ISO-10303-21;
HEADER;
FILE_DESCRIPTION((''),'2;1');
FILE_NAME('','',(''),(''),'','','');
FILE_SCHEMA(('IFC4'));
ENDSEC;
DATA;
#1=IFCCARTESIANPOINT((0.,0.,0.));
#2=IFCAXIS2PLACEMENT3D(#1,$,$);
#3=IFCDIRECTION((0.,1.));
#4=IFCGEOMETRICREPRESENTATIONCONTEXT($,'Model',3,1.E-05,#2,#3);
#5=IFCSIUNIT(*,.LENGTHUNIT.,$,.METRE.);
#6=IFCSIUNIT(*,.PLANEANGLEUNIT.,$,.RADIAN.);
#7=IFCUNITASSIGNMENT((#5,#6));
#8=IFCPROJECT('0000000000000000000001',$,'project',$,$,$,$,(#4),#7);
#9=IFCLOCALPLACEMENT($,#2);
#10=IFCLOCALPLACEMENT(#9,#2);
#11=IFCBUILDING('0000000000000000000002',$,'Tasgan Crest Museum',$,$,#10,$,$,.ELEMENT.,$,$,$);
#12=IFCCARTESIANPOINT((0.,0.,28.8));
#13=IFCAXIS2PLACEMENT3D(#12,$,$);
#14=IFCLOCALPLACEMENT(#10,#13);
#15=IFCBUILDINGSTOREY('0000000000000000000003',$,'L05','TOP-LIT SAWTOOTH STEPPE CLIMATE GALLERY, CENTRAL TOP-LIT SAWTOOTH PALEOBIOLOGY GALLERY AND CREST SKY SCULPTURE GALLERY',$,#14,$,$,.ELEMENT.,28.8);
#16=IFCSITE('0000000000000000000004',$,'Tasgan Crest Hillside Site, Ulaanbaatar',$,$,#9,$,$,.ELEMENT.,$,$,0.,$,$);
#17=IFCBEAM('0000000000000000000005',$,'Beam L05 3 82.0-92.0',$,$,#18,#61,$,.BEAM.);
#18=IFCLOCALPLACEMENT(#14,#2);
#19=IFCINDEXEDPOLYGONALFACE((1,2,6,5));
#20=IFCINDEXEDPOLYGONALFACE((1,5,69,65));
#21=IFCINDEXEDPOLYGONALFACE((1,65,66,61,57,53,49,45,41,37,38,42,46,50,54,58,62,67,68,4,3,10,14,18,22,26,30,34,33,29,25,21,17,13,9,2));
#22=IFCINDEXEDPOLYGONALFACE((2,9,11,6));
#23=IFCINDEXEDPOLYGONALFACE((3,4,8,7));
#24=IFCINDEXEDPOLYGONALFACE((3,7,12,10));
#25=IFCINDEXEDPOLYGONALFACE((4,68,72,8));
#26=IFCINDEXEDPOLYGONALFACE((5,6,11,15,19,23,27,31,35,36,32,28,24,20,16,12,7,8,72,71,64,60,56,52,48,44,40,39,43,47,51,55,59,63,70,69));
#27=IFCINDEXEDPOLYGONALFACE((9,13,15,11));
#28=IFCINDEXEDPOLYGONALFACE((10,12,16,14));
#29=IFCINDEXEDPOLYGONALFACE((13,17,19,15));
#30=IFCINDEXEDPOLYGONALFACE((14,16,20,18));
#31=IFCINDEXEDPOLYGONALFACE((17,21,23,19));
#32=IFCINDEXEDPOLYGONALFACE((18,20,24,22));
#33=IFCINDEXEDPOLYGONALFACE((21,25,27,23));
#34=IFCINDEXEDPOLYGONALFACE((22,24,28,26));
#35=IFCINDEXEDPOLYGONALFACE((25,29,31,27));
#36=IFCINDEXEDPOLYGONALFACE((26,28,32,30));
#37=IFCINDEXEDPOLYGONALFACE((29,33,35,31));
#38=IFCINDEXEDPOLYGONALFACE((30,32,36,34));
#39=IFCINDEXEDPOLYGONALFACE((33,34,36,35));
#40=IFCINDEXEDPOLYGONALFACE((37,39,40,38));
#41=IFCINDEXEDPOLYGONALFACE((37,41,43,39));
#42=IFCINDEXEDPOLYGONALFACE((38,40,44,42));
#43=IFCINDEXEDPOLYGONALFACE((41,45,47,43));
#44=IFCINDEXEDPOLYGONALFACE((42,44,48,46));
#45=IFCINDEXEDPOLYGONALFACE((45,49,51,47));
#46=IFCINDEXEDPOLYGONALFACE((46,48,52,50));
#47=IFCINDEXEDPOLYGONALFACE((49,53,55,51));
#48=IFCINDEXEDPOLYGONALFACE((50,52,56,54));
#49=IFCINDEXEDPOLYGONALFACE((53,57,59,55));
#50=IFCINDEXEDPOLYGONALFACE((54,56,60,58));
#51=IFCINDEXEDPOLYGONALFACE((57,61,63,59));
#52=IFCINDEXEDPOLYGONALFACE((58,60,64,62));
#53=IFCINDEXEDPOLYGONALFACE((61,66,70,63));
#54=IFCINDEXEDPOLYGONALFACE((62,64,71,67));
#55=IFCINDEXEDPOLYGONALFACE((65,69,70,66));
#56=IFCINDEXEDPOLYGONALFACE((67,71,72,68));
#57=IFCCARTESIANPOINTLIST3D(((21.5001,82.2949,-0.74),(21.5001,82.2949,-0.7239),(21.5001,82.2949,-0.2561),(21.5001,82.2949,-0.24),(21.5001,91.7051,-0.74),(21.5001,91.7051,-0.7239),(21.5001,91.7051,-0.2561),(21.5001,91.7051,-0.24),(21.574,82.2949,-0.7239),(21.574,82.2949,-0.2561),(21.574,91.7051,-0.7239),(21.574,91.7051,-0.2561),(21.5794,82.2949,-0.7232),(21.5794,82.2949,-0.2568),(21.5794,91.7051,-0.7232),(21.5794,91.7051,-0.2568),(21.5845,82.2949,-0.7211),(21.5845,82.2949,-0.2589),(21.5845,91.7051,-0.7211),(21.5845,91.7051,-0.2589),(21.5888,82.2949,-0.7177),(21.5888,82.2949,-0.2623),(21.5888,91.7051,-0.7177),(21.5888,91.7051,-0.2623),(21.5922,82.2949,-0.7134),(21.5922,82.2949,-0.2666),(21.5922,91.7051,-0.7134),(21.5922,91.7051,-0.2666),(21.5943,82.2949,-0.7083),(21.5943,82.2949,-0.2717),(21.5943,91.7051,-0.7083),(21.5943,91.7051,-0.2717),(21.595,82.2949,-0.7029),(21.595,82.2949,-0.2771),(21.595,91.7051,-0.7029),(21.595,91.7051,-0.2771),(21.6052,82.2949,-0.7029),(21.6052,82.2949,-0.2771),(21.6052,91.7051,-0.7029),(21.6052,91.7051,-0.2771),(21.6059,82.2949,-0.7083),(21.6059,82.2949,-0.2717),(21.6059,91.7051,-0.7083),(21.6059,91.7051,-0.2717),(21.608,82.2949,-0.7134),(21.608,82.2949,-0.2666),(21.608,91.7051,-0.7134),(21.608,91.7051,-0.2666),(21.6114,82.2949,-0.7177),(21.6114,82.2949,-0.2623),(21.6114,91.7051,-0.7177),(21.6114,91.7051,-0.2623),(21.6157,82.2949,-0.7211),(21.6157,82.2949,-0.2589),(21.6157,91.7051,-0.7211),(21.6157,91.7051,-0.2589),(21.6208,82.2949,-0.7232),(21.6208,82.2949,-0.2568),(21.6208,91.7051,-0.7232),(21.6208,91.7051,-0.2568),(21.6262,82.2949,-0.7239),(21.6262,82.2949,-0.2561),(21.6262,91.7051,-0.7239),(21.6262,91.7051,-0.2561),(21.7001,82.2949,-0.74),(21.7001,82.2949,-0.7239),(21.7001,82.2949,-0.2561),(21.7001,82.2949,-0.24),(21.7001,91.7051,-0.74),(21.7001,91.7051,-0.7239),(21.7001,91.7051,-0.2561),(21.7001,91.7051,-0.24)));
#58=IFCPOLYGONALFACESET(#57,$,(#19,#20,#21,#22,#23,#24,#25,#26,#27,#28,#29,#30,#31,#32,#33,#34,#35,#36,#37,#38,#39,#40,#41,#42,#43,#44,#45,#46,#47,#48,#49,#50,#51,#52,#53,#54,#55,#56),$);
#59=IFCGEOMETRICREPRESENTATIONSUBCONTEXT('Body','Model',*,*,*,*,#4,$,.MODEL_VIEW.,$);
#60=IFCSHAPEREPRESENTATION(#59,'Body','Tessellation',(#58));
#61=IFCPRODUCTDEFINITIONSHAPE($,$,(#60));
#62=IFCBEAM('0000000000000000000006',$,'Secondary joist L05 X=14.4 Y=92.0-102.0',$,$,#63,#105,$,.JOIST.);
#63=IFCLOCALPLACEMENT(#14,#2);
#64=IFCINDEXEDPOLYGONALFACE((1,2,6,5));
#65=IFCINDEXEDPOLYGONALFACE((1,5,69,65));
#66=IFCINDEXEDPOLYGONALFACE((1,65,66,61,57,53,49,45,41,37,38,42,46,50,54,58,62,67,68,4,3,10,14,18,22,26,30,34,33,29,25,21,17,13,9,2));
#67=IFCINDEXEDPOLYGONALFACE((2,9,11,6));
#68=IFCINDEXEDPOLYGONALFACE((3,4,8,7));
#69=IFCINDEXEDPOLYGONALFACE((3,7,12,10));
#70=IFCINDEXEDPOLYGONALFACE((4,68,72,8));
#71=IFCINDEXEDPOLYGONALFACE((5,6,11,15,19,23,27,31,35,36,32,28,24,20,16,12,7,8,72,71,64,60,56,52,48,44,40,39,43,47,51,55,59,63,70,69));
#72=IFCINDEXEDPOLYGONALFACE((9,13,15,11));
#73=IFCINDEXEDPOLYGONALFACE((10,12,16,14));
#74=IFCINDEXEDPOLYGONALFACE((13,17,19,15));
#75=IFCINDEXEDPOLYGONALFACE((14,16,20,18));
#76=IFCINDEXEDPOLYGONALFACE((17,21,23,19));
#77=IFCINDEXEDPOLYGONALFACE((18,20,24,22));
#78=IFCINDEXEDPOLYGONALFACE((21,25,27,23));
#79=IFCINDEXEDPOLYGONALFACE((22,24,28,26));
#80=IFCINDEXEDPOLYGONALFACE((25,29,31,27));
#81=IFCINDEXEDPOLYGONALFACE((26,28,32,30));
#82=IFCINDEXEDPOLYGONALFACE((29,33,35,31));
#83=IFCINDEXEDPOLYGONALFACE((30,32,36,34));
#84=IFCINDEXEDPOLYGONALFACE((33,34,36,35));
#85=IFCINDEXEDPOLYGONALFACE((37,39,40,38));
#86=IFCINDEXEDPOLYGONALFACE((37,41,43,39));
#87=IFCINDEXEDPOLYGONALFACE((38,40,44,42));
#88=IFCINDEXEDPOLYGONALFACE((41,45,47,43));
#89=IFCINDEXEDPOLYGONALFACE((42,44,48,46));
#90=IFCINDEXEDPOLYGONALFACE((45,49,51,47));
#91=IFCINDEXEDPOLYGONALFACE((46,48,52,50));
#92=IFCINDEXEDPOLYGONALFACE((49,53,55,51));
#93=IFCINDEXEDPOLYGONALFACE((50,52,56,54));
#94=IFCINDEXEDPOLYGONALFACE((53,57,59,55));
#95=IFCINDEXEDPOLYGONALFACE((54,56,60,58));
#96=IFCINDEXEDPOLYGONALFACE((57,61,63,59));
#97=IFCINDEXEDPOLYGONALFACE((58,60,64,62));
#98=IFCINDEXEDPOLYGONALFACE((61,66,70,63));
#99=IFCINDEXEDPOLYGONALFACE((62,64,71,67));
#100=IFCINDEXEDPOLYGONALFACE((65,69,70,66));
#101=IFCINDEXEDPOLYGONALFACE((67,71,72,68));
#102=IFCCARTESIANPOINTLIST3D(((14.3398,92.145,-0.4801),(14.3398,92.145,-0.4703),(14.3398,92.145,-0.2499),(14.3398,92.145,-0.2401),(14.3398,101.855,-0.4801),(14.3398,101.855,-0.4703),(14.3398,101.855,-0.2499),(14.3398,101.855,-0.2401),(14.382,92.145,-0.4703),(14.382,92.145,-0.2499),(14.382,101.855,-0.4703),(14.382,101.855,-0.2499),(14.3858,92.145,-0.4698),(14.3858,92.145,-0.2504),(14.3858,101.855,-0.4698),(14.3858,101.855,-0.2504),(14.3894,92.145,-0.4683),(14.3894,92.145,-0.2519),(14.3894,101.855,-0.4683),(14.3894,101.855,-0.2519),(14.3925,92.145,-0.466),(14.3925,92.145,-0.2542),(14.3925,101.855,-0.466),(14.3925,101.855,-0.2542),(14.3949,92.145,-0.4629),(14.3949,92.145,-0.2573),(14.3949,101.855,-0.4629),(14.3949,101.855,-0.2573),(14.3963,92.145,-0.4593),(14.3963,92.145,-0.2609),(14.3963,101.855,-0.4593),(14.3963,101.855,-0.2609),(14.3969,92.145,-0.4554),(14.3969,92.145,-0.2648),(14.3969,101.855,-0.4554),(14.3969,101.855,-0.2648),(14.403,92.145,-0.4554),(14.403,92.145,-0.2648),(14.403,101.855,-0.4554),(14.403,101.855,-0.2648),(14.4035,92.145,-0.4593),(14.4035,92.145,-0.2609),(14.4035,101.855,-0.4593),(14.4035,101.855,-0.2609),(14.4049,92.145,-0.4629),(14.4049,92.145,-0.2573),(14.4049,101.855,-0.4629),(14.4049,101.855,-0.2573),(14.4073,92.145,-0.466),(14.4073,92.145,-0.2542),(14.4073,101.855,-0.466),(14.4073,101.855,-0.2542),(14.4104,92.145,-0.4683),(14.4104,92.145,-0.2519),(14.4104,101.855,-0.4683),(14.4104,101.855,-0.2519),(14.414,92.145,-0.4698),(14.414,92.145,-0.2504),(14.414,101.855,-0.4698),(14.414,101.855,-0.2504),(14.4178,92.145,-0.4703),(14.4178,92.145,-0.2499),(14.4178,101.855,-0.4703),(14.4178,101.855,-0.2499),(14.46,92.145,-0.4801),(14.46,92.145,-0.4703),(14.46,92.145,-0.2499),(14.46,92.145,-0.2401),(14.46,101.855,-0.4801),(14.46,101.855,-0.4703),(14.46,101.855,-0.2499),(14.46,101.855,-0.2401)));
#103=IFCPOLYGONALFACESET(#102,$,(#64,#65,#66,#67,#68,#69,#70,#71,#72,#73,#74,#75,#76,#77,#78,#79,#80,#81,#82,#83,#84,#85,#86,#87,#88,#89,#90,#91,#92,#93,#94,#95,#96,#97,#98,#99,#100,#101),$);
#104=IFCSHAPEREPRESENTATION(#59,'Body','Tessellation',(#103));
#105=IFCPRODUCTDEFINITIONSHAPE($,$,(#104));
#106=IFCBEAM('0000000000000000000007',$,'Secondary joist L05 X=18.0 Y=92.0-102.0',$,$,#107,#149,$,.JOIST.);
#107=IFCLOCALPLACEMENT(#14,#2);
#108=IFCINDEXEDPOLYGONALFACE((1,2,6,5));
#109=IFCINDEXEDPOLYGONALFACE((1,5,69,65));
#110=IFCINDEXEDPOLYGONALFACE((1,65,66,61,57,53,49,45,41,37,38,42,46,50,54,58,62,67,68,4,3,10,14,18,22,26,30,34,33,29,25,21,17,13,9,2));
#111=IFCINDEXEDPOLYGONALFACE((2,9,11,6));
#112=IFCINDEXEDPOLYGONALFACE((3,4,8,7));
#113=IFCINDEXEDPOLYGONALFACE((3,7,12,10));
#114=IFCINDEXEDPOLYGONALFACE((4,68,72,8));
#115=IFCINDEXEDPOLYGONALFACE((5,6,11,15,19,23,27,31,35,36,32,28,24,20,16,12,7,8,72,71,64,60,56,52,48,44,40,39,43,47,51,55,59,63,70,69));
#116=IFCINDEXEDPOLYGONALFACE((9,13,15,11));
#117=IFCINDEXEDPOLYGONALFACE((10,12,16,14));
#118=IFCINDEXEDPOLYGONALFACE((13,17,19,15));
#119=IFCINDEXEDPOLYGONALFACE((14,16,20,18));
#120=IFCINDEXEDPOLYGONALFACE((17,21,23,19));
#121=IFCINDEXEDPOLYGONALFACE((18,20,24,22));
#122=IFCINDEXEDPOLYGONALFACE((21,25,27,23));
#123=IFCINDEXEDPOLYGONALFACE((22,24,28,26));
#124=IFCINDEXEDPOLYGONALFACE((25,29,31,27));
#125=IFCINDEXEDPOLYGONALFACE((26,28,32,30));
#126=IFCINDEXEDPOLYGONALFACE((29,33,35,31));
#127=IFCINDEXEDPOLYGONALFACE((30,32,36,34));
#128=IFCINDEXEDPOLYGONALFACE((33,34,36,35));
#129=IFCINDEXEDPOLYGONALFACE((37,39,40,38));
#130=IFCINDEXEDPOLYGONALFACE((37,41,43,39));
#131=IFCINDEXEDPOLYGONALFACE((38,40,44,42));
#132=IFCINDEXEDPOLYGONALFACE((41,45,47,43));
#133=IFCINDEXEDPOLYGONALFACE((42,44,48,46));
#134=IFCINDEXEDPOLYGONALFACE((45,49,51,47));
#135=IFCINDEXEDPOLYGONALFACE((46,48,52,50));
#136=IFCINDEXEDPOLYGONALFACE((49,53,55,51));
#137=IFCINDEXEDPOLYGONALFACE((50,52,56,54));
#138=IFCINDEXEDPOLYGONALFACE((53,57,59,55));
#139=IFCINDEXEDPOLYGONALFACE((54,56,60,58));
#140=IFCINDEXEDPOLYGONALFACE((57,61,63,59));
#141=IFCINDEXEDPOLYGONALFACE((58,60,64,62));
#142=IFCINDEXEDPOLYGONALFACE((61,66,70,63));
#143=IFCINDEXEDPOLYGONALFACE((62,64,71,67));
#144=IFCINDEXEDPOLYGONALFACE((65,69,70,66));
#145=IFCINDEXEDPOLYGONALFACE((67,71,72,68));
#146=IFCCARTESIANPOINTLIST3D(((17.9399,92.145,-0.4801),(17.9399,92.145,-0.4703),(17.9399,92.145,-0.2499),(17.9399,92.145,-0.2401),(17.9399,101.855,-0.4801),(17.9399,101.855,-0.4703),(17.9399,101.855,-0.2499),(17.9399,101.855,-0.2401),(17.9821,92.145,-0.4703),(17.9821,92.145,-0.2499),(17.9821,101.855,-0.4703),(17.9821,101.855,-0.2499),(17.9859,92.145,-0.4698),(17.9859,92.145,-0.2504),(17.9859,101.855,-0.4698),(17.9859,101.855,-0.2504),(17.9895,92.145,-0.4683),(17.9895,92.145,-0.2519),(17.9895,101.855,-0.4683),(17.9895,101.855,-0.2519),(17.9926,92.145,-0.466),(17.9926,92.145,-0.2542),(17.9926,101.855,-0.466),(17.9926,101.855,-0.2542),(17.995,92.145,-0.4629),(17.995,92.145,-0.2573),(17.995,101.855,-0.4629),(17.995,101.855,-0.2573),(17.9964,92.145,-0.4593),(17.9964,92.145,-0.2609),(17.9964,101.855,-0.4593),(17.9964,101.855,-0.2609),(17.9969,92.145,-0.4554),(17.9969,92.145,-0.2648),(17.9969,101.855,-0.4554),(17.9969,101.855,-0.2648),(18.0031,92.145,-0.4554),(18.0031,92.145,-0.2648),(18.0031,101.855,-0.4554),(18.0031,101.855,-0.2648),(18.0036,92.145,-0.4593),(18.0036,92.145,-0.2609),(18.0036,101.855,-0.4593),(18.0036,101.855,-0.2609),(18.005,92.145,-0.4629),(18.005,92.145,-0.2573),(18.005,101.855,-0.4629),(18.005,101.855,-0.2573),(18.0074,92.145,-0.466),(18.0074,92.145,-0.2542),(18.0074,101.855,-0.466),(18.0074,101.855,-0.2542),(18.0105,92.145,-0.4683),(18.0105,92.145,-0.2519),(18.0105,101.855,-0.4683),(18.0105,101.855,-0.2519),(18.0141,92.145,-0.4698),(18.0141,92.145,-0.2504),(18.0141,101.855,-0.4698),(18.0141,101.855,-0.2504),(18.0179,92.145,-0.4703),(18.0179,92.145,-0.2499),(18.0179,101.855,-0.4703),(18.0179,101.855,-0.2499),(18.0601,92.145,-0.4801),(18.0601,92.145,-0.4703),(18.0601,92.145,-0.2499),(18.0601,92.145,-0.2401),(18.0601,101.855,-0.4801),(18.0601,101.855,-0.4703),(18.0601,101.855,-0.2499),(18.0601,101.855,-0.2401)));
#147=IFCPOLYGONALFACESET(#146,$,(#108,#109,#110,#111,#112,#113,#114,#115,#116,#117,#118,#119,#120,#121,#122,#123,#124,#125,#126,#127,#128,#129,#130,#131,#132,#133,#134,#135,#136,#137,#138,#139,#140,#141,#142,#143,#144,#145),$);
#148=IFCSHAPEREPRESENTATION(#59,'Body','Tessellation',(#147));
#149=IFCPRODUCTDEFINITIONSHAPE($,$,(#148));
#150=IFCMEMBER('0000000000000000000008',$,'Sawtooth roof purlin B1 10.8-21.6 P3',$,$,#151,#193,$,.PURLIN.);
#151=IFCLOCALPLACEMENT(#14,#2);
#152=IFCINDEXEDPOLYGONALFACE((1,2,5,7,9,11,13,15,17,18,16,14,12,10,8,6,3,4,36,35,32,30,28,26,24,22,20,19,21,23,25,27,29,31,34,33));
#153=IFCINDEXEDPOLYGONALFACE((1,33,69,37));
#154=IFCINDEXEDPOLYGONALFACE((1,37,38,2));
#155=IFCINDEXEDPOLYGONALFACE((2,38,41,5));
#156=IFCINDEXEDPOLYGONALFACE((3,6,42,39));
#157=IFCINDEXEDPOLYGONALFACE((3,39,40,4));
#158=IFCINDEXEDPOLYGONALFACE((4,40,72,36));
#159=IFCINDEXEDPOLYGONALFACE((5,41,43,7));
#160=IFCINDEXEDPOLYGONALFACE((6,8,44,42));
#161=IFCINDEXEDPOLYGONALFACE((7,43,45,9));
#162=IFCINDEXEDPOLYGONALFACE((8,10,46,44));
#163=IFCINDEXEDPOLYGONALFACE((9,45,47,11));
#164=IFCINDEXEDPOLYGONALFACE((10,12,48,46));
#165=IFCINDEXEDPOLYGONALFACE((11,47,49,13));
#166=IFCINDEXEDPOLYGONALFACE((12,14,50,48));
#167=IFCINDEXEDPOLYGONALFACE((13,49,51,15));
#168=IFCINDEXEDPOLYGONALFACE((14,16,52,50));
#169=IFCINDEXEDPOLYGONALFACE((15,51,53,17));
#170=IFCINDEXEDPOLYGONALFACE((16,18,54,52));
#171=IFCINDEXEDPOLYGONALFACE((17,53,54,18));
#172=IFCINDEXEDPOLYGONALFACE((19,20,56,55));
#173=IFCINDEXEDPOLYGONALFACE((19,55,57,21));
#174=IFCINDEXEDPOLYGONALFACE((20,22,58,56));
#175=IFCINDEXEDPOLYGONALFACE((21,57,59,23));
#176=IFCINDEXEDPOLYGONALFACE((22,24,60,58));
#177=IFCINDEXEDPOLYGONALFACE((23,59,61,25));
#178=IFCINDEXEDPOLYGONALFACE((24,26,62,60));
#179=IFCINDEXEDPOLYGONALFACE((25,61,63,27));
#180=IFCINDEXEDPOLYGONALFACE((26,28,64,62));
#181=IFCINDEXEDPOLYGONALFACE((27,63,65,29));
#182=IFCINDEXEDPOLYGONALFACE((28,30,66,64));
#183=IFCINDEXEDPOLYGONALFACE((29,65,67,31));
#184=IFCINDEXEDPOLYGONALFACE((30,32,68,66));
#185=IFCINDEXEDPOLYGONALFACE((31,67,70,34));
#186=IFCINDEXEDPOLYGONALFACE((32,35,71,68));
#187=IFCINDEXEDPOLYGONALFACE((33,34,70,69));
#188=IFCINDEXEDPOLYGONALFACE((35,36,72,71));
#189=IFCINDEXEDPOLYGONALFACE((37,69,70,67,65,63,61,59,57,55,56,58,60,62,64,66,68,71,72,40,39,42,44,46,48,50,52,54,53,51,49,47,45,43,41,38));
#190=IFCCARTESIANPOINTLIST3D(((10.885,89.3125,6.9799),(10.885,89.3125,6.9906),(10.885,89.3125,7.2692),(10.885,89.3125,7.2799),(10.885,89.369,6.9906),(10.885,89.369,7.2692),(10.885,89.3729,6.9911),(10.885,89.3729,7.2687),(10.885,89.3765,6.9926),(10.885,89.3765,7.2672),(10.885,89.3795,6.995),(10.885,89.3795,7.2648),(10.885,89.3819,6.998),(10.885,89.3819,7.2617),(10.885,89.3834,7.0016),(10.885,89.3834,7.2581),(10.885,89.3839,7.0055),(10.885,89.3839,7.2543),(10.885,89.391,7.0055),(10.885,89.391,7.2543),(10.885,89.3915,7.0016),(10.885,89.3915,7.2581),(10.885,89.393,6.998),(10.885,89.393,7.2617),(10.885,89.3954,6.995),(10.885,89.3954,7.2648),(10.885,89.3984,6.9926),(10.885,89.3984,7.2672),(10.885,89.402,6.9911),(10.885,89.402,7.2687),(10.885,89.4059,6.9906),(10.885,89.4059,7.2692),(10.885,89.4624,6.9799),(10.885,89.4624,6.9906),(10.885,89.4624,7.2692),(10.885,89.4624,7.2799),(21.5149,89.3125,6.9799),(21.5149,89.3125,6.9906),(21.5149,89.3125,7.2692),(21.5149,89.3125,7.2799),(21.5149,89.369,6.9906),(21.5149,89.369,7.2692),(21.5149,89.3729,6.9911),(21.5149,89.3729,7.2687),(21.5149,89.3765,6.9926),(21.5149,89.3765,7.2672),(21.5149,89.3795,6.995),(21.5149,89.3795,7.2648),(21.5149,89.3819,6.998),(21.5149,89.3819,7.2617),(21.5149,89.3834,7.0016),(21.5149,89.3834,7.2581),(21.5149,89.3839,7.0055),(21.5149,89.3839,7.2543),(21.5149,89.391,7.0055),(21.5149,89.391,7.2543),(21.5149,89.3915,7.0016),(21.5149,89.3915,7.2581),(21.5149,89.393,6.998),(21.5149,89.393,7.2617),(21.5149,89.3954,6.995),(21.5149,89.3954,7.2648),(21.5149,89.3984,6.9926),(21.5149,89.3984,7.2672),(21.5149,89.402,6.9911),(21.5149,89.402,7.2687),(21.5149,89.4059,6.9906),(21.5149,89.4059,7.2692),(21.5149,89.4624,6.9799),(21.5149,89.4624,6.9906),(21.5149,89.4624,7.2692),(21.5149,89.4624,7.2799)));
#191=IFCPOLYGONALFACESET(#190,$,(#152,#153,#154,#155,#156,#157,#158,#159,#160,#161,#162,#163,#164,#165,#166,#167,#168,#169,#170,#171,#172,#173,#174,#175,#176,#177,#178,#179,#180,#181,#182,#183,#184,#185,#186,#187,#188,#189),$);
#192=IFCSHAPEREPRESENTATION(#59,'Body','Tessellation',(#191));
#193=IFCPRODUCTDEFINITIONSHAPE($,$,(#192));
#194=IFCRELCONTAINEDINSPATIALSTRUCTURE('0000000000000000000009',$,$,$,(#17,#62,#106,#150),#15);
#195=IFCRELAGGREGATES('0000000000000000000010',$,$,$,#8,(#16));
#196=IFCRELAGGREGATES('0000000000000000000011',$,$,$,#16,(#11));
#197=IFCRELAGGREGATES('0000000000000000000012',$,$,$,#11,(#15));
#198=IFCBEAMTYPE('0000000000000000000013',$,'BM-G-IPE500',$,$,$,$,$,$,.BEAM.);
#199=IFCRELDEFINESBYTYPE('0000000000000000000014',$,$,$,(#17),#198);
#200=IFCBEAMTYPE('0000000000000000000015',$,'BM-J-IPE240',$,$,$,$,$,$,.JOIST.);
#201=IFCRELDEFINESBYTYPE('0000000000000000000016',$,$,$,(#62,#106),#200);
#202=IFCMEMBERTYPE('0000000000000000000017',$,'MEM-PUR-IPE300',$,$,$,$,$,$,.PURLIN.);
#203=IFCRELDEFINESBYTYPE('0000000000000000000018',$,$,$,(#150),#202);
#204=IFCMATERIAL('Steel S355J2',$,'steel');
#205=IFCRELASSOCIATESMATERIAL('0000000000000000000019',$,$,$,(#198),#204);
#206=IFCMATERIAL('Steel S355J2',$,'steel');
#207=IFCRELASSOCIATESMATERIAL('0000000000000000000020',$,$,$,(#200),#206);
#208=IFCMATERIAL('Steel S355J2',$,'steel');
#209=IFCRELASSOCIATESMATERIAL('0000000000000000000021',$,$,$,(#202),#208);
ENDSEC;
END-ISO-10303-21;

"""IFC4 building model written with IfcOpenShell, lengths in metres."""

from ifc_helpers import new_model, si_unit, direction, frame, origin, origin_2d, place, context, subcontext, project, spatial, i_section, extrude, material, material_profile, profile_set, type_object, element, save


model = new_model("IFC4")

# Units and contexts
model_context = context("Model", 3, precision=1e-05, world=origin(), true_north=direction((0.0, 1.0)))
body_context = subcontext(model_context, "Body", "Model", "MODEL_VIEW")
ifc_project = project(units=[si_unit("LENGTHUNIT", "METRE"), si_unit("PLANEANGLEUNIT", "RADIAN")], contexts=[model_context])

# Site, building, storey
site_placement = place(None, origin())
site = spatial("IfcSite", under=ifc_project, at=site_placement, Name="Tasgan Crest Hillside Site, Ulaanbaatar", CompositionType="ELEMENT", RefElevation=0.0)
building_placement = place(site_placement, origin())
building = spatial("IfcBuilding", under=site, at=building_placement, Name="Tasgan Crest Museum", CompositionType="ELEMENT")
storey_placement = place(building_placement, frame((0.0, 0.0, 28.8)))
storey = spatial("IfcBuildingStorey", under=building, at=storey_placement, Name="L05", Description="TOP-LIT SAWTOOTH STEPPE CLIMATE GALLERY, CENTRAL TOP-LIT SAWTOOTH PALEOBIOLOGY GALLERY AND CREST SKY SCULPTURE GALLERY", CompositionType="ELEMENT", Elevation=28.8)

# Beams
ifc_material_1 = material(Name="Steel S355J2", Category="steel")
ifc_material_profile_1 = material_profile(ifc_material_1, i_section(OverallWidth=0.2, OverallDepth=0.5, WebThickness=0.0103, FlangeThickness=0.0161, FilletRadius=0.021, at=origin_2d()), Name="IPE 500")
ifc_profile_set_1 = profile_set([ifc_material_profile_1], Name="Steel S355J2")
beam_type_1 = type_object("IfcBeamType", Name="BM-G-IPE500", PredefinedType="BEAM", material=ifc_profile_set_1)
beam_1_placement = place(storey_placement, frame((21.6001, 82.2949, -0.49), z_axis=(0.0, 1.0, 0.0), x_axis=(-1.0, 0.0, 0.0)))
element("IfcBeam", 1, at=beam_1_placement, inside=storey, type_object=beam_type_1, Name="Beam L05 3 82.0-92.0", PredefinedType="BEAM", context=body_context, shape_type="SweptSolid", body=[
    extrude(i_section(OverallWidth=0.2, OverallDepth=0.5, WebThickness=0.0103, FlangeThickness=0.0161, FilletRadius=0.021, at=origin_2d()), origin(), (0.0, 0.0, 1.0), 9.4102),
])
ifc_material_2 = material(Name="Steel S355J2", Category="steel")
ifc_material_profile_2 = material_profile(ifc_material_2, i_section(OverallWidth=0.1201, OverallDepth=0.24, WebThickness=0.0061, FlangeThickness=0.0098, FilletRadius=0.0149, at=origin_2d()), Name="IPE 240")
ifc_profile_set_2 = profile_set([ifc_material_profile_2], Name="Steel S355J2")
beam_type_2 = type_object("IfcBeamType", Name="BM-J-IPE240", PredefinedType="JOIST", material=ifc_profile_set_2)
for number, where, z_axis, x_axis, name in (
    (2, (14.3999, 92.145, -0.3601), (0.0, 1.0, 0.0), (-1.0, 0.0, 0.0), "Secondary joist L05 X=14.4 Y=92.0-102.0"),
    (3, (18.0, 92.145, -0.3601), (0.0, 1.0, 0.0), (-1.0, 0.0, 0.0), "Secondary joist L05 X=18.0 Y=92.0-102.0"),
):
    element("IfcBeam", number, at=place(storey_placement, frame(where, z_axis=z_axis, x_axis=x_axis)), inside=storey, type_object=beam_type_2, Name=name, PredefinedType="JOIST", context=body_context, shape_type="SweptSolid", body=[
        extrude(i_section(OverallWidth=0.1201, OverallDepth=0.24, WebThickness=0.0061, FlangeThickness=0.0098, FilletRadius=0.0149, at=origin_2d()), origin(), (0.0, 0.0, 1.0), 9.71),
    ])

# Member
ifc_material_3 = material(Name="Steel S355J2", Category="steel")
ifc_material_profile_3 = material_profile(ifc_material_3, i_section(OverallWidth=0.1499, OverallDepth=0.3, WebThickness=0.0071, FlangeThickness=0.0107, FilletRadius=0.0149, at=origin_2d()), Name="IPE 300")
ifc_profile_set_3 = profile_set([ifc_material_profile_3], Name="Steel S355J2")
member_type_1 = type_object("IfcMemberType", Name="MEM-PUR-IPE300", PredefinedType="PURLIN", material=ifc_profile_set_3)
member_1_placement = place(storey_placement, frame((10.885, 89.3875, 7.1299), z_axis=(1.0, 0.0, 0.0), x_axis=(0.0, 1.0, 0.0)))
element("IfcMember", 4, at=member_1_placement, inside=storey, type_object=member_type_1, Name="Sawtooth roof purlin B1 10.8-21.6 P3", PredefinedType="PURLIN", context=body_context, shape_type="SweptSolid", body=[
    extrude(i_section(OverallWidth=0.1499, OverallDepth=0.3, WebThickness=0.0071, FlangeThickness=0.0107, FilletRadius=0.0149, at=origin_2d()), origin(), (0.0, 0.0, 1.0), 10.6299),
])

save(model, "model.ifc")
